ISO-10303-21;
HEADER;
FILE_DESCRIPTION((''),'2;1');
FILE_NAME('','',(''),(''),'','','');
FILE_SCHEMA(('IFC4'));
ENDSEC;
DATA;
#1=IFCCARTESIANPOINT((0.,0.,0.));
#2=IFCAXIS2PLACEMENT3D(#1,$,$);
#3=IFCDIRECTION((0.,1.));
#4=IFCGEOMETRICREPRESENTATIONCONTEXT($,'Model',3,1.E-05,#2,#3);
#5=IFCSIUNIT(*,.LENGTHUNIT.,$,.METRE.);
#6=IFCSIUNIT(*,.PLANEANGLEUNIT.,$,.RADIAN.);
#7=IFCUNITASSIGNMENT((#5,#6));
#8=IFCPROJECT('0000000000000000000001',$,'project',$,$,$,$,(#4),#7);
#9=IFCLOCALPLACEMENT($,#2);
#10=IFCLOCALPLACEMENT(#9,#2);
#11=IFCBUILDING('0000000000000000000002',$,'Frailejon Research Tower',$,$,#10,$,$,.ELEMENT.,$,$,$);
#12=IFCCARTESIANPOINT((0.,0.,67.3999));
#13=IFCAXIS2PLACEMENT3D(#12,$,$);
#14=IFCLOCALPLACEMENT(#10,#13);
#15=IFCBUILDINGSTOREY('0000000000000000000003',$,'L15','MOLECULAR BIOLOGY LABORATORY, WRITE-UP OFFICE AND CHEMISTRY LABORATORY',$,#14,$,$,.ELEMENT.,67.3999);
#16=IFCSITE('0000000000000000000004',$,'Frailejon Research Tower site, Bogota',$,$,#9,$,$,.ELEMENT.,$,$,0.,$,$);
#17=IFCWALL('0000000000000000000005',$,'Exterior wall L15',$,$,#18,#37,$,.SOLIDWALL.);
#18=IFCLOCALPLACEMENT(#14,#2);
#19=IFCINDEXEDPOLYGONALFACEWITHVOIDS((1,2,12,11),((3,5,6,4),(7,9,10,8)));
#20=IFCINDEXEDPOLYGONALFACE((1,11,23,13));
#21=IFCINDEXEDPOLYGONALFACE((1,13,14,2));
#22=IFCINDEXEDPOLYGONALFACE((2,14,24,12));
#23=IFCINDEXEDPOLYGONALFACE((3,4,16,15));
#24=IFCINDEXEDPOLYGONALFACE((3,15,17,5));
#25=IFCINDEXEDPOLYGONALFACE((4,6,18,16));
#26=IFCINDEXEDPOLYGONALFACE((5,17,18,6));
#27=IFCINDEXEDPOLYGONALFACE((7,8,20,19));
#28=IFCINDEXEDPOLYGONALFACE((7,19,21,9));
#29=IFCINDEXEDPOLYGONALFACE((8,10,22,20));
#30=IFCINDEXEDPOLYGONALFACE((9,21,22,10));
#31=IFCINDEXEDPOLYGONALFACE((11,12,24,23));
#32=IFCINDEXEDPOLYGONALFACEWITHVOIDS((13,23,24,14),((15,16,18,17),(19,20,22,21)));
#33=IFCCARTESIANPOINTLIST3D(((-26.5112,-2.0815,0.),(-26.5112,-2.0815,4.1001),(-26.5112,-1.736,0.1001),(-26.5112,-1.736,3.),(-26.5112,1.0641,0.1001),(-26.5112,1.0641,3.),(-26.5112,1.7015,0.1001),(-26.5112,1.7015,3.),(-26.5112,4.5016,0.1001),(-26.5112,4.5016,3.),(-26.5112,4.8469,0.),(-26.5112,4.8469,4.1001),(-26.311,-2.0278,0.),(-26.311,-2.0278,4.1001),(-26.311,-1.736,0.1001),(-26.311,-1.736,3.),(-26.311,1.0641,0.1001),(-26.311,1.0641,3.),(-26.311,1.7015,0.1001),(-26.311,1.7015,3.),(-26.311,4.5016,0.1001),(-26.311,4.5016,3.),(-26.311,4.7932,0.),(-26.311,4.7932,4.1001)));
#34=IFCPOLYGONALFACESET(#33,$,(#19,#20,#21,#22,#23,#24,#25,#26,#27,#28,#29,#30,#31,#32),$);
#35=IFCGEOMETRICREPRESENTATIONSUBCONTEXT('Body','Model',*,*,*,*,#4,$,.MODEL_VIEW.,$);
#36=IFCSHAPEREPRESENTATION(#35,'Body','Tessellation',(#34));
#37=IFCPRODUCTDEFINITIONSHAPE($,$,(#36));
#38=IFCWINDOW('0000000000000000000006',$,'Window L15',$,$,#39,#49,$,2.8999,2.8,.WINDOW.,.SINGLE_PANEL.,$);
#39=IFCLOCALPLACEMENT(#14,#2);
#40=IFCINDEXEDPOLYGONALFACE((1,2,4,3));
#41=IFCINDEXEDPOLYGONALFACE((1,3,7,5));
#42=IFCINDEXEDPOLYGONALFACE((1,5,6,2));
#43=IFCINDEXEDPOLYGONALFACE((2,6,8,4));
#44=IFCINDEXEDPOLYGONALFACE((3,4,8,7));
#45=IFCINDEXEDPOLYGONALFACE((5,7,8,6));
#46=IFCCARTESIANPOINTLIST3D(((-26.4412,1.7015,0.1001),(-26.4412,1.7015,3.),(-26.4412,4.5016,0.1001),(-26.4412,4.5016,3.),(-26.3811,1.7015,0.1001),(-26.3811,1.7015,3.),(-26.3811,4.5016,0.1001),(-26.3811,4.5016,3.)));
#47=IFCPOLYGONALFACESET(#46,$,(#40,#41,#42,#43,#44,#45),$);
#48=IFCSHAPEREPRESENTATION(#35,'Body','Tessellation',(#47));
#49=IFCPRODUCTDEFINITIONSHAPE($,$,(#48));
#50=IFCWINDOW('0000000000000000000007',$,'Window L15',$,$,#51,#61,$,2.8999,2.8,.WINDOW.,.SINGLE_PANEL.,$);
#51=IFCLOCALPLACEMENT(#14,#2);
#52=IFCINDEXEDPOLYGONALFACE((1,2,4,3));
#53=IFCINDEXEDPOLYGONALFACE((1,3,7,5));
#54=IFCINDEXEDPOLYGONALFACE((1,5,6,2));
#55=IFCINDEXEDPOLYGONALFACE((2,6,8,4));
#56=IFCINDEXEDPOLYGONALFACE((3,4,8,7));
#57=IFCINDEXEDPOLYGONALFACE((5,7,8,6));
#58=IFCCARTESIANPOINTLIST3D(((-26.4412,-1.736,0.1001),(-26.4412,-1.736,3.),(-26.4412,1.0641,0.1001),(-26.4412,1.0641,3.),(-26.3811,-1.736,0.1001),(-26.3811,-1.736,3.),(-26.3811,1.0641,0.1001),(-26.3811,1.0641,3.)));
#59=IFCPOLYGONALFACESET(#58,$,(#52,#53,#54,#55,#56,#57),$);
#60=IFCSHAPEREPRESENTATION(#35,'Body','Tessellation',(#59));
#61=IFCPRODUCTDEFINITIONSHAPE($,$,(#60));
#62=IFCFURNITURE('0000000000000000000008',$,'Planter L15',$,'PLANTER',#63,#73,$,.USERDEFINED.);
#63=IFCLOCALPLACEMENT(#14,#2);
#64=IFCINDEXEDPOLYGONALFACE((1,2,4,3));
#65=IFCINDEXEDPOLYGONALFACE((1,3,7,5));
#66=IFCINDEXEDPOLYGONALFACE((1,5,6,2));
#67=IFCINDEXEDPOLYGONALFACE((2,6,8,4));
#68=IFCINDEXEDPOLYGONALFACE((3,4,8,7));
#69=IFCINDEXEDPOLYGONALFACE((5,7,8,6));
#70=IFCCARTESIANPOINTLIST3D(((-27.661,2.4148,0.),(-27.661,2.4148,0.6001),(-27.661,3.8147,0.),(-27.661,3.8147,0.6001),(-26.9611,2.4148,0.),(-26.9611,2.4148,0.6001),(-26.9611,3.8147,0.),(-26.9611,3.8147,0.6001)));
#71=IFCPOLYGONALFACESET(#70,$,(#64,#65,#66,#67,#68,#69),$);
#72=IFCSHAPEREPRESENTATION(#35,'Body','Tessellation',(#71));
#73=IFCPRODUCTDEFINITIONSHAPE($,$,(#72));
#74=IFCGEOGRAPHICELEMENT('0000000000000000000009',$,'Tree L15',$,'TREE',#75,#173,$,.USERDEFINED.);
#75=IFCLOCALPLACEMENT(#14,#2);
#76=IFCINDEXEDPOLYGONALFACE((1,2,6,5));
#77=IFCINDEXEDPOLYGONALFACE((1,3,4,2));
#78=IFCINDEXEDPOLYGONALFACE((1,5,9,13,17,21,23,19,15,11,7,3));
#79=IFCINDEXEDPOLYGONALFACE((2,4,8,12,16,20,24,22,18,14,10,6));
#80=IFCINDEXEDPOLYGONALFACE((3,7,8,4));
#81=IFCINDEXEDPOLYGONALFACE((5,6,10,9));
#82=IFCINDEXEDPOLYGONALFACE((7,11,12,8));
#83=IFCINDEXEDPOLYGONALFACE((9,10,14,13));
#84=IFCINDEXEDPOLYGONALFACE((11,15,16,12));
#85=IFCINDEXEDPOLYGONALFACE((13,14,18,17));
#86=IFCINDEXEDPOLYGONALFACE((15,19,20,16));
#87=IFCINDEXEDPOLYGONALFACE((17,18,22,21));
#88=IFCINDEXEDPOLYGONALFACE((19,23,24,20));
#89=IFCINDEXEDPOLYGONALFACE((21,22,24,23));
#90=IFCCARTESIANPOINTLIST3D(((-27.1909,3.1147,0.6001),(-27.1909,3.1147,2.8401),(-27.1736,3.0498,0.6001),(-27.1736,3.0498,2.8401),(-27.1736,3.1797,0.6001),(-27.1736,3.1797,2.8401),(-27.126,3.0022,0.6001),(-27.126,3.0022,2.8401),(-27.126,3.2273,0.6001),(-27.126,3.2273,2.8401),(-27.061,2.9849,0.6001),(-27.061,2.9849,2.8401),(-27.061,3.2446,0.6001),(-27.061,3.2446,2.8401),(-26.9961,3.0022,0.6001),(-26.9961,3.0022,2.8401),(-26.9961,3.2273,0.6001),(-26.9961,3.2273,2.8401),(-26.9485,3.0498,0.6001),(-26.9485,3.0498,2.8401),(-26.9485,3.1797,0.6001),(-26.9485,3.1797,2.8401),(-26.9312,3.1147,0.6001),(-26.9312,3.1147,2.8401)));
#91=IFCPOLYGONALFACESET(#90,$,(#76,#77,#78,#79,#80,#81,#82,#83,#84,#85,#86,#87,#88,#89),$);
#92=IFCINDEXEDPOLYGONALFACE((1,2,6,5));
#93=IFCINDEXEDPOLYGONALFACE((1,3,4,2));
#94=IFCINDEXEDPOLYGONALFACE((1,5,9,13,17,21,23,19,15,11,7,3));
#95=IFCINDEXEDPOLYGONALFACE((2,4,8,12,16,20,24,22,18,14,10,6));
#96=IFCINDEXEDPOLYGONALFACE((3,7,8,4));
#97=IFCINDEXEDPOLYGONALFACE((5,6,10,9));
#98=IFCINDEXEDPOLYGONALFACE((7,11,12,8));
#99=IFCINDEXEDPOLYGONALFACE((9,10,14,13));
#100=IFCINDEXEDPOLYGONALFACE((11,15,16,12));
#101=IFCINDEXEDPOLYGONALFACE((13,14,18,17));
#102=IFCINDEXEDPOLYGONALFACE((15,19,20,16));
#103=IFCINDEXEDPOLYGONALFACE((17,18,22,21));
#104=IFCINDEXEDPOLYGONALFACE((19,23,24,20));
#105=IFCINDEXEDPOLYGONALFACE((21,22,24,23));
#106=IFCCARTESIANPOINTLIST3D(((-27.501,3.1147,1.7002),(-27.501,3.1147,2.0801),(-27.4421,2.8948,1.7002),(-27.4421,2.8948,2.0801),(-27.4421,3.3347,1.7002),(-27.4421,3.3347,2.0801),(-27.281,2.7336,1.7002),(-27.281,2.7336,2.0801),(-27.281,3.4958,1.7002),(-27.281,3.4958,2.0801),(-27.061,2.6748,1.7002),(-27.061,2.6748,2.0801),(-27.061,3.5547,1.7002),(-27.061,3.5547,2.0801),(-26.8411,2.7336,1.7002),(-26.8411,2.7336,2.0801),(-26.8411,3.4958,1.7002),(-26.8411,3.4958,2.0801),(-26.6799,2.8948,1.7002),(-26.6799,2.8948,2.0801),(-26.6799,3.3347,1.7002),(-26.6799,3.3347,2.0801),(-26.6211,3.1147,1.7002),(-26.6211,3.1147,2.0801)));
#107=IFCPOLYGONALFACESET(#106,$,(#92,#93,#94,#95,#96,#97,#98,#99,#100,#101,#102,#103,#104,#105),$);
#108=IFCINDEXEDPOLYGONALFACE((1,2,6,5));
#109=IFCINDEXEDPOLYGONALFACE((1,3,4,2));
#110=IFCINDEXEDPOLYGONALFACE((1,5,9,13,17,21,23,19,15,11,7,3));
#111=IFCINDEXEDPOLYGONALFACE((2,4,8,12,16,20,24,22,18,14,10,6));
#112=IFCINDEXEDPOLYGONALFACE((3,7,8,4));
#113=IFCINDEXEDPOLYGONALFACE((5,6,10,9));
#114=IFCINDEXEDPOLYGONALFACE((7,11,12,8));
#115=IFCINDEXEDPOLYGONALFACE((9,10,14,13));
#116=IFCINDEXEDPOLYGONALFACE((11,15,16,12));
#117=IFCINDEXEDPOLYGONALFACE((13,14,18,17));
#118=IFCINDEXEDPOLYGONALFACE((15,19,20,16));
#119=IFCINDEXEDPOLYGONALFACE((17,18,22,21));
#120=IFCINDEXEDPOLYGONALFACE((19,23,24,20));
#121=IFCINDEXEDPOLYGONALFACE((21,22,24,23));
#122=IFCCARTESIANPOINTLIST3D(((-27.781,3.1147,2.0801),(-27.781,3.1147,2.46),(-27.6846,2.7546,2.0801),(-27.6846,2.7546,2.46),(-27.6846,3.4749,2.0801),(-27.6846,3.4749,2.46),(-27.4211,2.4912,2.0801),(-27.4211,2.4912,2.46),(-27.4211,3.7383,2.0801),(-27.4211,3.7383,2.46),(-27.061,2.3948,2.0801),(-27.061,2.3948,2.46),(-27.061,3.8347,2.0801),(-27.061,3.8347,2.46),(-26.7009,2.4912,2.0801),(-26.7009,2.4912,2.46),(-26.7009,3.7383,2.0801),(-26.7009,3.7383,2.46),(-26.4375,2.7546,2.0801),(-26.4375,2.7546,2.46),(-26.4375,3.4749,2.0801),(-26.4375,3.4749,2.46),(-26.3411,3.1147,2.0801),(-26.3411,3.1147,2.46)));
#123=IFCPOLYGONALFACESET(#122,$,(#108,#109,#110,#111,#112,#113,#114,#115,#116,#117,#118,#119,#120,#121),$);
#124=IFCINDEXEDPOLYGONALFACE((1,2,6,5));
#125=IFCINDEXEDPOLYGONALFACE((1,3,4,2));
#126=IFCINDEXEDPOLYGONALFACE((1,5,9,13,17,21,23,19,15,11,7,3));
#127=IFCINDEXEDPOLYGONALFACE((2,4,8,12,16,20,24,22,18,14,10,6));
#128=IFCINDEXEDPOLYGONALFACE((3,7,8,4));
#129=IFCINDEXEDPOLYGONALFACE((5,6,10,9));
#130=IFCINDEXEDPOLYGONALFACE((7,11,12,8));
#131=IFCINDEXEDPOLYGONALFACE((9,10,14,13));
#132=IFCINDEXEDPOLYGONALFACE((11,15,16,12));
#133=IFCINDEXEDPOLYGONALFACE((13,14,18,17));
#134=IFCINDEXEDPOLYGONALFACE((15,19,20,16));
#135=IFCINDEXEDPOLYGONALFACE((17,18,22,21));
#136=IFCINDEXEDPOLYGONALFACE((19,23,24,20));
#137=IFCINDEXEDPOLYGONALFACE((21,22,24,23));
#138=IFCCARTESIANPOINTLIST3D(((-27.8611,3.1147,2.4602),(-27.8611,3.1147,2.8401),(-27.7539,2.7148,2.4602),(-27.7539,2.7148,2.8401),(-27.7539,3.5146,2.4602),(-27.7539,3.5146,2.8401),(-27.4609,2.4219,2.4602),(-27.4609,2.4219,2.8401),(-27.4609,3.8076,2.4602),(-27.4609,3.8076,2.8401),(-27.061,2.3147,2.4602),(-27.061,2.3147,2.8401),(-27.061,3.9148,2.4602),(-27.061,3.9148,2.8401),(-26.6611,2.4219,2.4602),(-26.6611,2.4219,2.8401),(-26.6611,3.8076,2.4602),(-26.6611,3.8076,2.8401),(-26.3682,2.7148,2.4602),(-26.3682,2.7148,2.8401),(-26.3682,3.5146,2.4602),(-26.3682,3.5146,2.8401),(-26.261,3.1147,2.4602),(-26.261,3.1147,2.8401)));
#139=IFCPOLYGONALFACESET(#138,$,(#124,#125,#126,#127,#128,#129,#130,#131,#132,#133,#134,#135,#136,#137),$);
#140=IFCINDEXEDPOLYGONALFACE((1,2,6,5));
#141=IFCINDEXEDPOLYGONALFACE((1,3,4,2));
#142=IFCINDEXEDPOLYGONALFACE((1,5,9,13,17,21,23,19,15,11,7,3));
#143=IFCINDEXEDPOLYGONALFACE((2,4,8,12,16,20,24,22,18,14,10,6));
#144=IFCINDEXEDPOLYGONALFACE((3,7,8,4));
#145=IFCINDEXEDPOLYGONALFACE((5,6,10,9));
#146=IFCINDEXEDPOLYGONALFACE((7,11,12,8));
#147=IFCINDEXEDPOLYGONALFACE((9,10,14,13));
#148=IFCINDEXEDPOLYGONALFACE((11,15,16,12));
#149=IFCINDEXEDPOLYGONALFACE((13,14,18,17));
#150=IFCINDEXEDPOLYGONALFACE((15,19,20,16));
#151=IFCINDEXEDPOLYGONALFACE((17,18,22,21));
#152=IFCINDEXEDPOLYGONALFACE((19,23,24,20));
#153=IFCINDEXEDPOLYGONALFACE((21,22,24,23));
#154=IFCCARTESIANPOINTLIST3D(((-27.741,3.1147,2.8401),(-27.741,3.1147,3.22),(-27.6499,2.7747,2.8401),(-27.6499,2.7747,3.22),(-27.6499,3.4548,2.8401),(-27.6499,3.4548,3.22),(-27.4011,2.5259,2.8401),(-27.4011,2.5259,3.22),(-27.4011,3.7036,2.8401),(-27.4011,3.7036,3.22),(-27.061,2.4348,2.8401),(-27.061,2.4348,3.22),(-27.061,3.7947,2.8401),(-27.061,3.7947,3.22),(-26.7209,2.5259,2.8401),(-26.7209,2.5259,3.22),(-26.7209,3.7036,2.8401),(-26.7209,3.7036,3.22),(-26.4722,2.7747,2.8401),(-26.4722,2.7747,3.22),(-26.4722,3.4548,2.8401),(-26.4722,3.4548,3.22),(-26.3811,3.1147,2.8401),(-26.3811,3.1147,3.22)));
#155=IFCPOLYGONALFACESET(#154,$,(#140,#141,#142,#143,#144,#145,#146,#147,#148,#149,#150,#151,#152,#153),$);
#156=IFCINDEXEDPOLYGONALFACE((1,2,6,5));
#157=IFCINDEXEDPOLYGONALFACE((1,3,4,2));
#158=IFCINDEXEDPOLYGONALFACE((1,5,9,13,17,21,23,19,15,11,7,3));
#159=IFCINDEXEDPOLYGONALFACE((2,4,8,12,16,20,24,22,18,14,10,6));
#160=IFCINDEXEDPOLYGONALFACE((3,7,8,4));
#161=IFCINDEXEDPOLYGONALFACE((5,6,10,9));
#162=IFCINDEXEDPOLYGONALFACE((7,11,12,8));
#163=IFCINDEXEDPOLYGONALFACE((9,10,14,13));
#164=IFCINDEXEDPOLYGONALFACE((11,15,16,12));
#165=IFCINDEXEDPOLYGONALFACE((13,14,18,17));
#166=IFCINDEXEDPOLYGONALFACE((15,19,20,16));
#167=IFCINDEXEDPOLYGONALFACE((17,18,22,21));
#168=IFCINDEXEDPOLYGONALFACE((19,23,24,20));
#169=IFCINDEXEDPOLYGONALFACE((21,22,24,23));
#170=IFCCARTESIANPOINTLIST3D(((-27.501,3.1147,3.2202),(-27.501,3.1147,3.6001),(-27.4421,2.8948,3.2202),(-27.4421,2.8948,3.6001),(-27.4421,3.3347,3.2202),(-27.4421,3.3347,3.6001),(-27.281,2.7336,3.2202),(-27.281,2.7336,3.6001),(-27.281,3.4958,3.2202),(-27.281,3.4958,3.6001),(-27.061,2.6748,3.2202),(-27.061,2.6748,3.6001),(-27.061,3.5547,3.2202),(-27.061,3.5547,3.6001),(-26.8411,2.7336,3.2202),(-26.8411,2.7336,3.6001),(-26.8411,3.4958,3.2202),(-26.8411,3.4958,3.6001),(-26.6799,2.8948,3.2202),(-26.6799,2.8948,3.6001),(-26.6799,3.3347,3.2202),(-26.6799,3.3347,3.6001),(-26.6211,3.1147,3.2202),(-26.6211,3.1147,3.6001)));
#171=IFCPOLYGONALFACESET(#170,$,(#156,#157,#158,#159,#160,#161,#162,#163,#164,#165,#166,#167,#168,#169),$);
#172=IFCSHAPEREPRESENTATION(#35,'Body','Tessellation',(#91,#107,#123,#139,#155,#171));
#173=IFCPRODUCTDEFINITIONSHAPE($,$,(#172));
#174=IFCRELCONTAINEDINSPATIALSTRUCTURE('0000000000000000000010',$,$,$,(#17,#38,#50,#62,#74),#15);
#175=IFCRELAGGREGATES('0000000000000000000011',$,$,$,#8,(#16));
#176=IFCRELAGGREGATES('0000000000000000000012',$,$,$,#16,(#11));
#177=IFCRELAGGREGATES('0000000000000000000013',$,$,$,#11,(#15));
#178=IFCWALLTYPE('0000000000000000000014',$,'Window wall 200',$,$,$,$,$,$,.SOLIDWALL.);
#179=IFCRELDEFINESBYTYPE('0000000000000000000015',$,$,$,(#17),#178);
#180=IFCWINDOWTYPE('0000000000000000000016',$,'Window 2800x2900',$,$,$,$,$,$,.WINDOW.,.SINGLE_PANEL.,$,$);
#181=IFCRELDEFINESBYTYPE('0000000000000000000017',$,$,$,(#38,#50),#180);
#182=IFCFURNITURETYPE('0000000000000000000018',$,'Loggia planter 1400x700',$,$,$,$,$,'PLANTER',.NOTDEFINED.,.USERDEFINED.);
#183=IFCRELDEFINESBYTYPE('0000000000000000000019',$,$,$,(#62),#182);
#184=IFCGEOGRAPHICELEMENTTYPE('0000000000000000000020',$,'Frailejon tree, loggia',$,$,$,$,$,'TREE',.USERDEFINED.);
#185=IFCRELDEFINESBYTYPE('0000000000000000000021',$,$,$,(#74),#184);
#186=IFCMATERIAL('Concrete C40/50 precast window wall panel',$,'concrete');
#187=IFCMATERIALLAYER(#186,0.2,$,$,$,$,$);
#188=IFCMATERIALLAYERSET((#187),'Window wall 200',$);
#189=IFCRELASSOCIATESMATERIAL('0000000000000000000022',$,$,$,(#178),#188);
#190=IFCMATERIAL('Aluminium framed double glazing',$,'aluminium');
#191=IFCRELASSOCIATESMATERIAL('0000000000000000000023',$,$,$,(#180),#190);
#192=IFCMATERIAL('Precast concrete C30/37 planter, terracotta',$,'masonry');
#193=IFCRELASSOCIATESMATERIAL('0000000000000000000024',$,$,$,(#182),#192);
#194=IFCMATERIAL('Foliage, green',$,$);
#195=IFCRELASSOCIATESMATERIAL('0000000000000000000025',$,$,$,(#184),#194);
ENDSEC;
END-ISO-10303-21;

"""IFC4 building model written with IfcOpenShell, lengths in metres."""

from ifc_helpers import new_model, si_unit, direction, frame, frame_2d, origin, origin_2d, place, context, subcontext, project, spatial, polyline, rectangle, outline, extrude, material, layer, layer_set, type_object, element, fill, save


model = new_model("IFC4")

# Units and contexts
model_context = context("Model", 3, precision=1e-05, world=origin(), true_north=direction((0.0, 1.0)))
body_context = subcontext(model_context, "Body", "Model", "MODEL_VIEW")
ifc_project = project(units=[si_unit("LENGTHUNIT", "METRE"), si_unit("PLANEANGLEUNIT", "RADIAN")], contexts=[model_context])

# Site, building, storey
site_placement = place(None, origin())
site = spatial("IfcSite", under=ifc_project, at=site_placement, Name="Frailejon Research Tower site, Bogota", CompositionType="ELEMENT", RefElevation=0.0)
building_placement = place(site_placement, origin())
building = spatial("IfcBuilding", under=site, at=building_placement, Name="Frailejon Research Tower", CompositionType="ELEMENT")
storey_placement = place(building_placement, frame((0.0, 0.0, 67.3999)))
storey = spatial("IfcBuildingStorey", under=building, at=storey_placement, Name="L15", Description="MOLECULAR BIOLOGY LABORATORY, WRITE-UP OFFICE AND CHEMISTRY LABORATORY", CompositionType="ELEMENT", Elevation=67.3999)

# Wall, openings, windows
ifc_material_1 = material(Name="Concrete C40/50 precast window wall panel", Category="concrete")
ifc_layer_1 = layer(ifc_material_1, 0.2)
ifc_layer_set_1 = layer_set([ifc_layer_1], Name="Window wall 200")
wall_type_1 = type_object("IfcWallType", Name="Window wall 200", PredefinedType="SOLIDWALL", material=ifc_layer_set_1)
wall_1_placement = place(storey_placement, frame((-26.4111, 4.8201, 0.0), z_axis=(0.0, 0.0, 1.0), x_axis=(0.0, -1.0, 0.0)))
wall_1 = element("IfcWall", 1, at=wall_1_placement, inside=storey, type_object=wall_type_1, Name="Exterior wall L15", PredefinedType="SOLIDWALL", context=body_context, shape_type="SweptSolid", body=[
    extrude(outline(polyline([(-0.0269, -0.1001), (1.1279, -0.1001), (2.2827, -0.1001), (3.4375, -0.1001), (4.592, -0.1001), (5.7468, -0.1001), (6.9016, -0.1001), (6.8479, 0.1001), (5.7109, 0.1001), (4.5742, 0.1001), (3.4375, 0.1001), (2.3005, 0.1001), (1.1636, 0.1001), (0.0269, 0.1001), (-0.0269, -0.1001)])), origin(), (0.0, 0.0, 1.0), 4.1001),
])
opening_1_placement = place(wall_1_placement, frame((0.3186, 0.0, 0.1001)))
opening_1 = element("IfcOpeningElement", 2, at=opening_1_placement, cuts=wall_1, PredefinedType="OPENING", context=body_context, shape_type="SweptSolid", body=[
    extrude(rectangle(XDim=2.8, YDim=2.8999, at=frame_2d((1.3999, 1.45))), frame((0.0, 0.1099, 0.0), z_axis=(0.0, -1.0, 0.0), x_axis=(1.0, 0.0, 0.0)), (0.0, 0.0, 1.0), 0.22),
])
opening_2_placement = place(wall_1_placement, frame((3.7561, 0.0, 0.1001)))
opening_2 = element("IfcOpeningElement", 3, at=opening_2_placement, cuts=wall_1, PredefinedType="OPENING", context=body_context, shape_type="SweptSolid", body=[
    extrude(rectangle(XDim=2.8, YDim=2.8999, at=frame_2d((1.3999, 1.45))), frame((0.0, 0.1099, 0.0), z_axis=(0.0, -1.0, 0.0), x_axis=(1.0, 0.0, 0.0)), (0.0, 0.0, 1.0), 0.22),
])
ifc_material_2 = material(Name="Aluminium framed double glazing", Category="aluminium")
window_type = type_object("IfcWindowType", Name="Window 2800x2900", PartitioningType="SINGLE_PANEL", PredefinedType="WINDOW", material=ifc_material_2)
window_1_placement = place(opening_1_placement, origin())
window_1 = element("IfcWindow", 4, at=window_1_placement, inside=storey, type_object=window_type, Name="Window L15", OverallHeight=2.8999, OverallWidth=2.8, PartitioningType="SINGLE_PANEL", PredefinedType="WINDOW", context=body_context, shape_type="SweptSolid", body=[
    extrude(rectangle(XDim=2.8, YDim=2.8999, at=frame_2d((1.3999, 1.45))), frame((0.0, 0.03, 0.0), z_axis=(0.0, -1.0, 0.0), x_axis=(1.0, 0.0, 0.0)), (0.0, 0.0, 1.0), 0.0601),
])
fill(opening_1, window_1)
window_2_placement = place(opening_2_placement, origin())
window_2 = element("IfcWindow", 5, at=window_2_placement, inside=storey, type_object=window_type, Name="Window L15", OverallHeight=2.8999, OverallWidth=2.8, PartitioningType="SINGLE_PANEL", PredefinedType="WINDOW", context=body_context, shape_type="SweptSolid", body=[
    extrude(rectangle(XDim=2.8, YDim=2.8999, at=frame_2d((1.3999, 1.45))), frame((0.0, 0.03, 0.0), z_axis=(0.0, -1.0, 0.0), x_axis=(1.0, 0.0, 0.0)), (0.0, 0.0, 1.0), 0.0601),
])
fill(opening_2, window_2)

# Furniture
ifc_material_3 = material(Name="Precast concrete C30/37 planter, terracotta", Category="masonry")
furniture_type = type_object("IfcFurnitureType", Name="Loggia planter 1400x700", ElementType="PLANTER", AssemblyPlace="NOTDEFINED", PredefinedType="USERDEFINED", material=ifc_material_3)
furniture_placement = place(storey_placement, frame((-27.311, 3.1147, 0.0), z_axis=(0.0, 0.0, 1.0), x_axis=(0.0, -1.0, 0.0)))
element("IfcFurniture", 6, at=furniture_placement, inside=storey, type_object=furniture_type, Name="Planter L15", ObjectType="PLANTER", PredefinedType="USERDEFINED", context=body_context, shape_type="SweptSolid", body=[
    extrude(rectangle(XDim=1.3999, YDim=0.7, at=origin_2d()), origin(), (0.0, 0.0, 1.0), 0.6001),
])

# Geographic element
ifc_material_4 = material(Name="Foliage, green")
geographic_element_type = type_object("IfcGeographicElementType", Name="Frailejon tree, loggia", ElementType="TREE", PredefinedType="USERDEFINED", material=ifc_material_4)
geographic_element_placement = place(storey_placement, frame((-27.061, 3.1147, 0.6001)))
element("IfcGeographicElement", 7, at=geographic_element_placement, inside=storey, type_object=geographic_element_type, Name="Tree L15", ObjectType="TREE", PredefinedType="USERDEFINED", context=body_context, shape_type="SweptSolid", body=[
    extrude(outline(polyline([(0.1299, 0.0), (0.1125, 0.0649), (0.0649, 0.1125), (0.0, 0.1299), (-0.0649, 0.1125), (-0.1125, 0.0649), (-0.1299, 0.0), (-0.1125, -0.0649), (-0.0649, -0.1125), (0.0, -0.1299), (0.0649, -0.1125), (0.1125, -0.0649), (0.1299, 0.0)])), origin(), (0.0, 0.0, 1.0), 2.24),
    extrude(outline(polyline([(0.4399, 0.0), (0.3811, 0.22), (0.22, 0.3811), (0.0, 0.4399), (-0.22, 0.3811), (-0.3811, 0.22), (-0.4399, 0.0), (-0.3811, -0.22), (-0.22, -0.3811), (0.0, -0.4399), (0.22, -0.3811), (0.3811, -0.22), (0.4399, 0.0)])), frame((0.0, 0.0, 1.1001)), (0.0, 0.0, 1.0), 0.3799),
    extrude(outline(polyline([(0.72, 0.0), (0.6235, 0.3601), (0.3601, 0.6235), (0.0, 0.72), (-0.3601, 0.6235), (-0.6235, 0.3601), (-0.72, 0.0), (-0.6235, -0.3601), (-0.3601, -0.6235), (0.0, -0.72), (0.3601, -0.6235), (0.6235, -0.3601), (0.72, 0.0)])), frame((0.0, 0.0, 1.48)), (0.0, 0.0, 1.0), 0.3799),
    extrude(outline(polyline([(0.8, 0.0), (0.6929, 0.3999), (0.3999, 0.6929), (0.0, 0.8), (-0.3999, 0.6929), (-0.6929, 0.3999), (-0.8, 0.0), (-0.6929, -0.3999), (-0.3999, -0.6929), (0.0, -0.8), (0.3999, -0.6929), (0.6929, -0.3999), (0.8, 0.0)])), frame((0.0, 0.0, 1.8601)), (0.0, 0.0, 1.0), 0.3799),
    extrude(outline(polyline([(0.6799, 0.0), (0.5889, 0.3401), (0.3401, 0.5889), (0.0, 0.6799), (-0.3401, 0.5889), (-0.5889, 0.3401), (-0.6799, 0.0), (-0.5889, -0.3401), (-0.3401, -0.5889), (0.0, -0.6799), (0.3401, -0.5889), (0.5889, -0.3401), (0.6799, 0.0)])), frame((0.0, 0.0, 2.24)), (0.0, 0.0, 1.0), 0.3799),
    extrude(outline(polyline([(0.4399, 0.0), (0.3811, 0.22), (0.22, 0.3811), (0.0, 0.4399), (-0.22, 0.3811), (-0.3811, 0.22), (-0.4399, 0.0), (-0.3811, -0.22), (-0.22, -0.3811), (0.0, -0.4399), (0.22, -0.3811), (0.3811, -0.22), (0.4399, 0.0)])), frame((0.0, 0.0, 2.6201)), (0.0, 0.0, 1.0), 0.3799),
])

save(model, "model.ifc")
